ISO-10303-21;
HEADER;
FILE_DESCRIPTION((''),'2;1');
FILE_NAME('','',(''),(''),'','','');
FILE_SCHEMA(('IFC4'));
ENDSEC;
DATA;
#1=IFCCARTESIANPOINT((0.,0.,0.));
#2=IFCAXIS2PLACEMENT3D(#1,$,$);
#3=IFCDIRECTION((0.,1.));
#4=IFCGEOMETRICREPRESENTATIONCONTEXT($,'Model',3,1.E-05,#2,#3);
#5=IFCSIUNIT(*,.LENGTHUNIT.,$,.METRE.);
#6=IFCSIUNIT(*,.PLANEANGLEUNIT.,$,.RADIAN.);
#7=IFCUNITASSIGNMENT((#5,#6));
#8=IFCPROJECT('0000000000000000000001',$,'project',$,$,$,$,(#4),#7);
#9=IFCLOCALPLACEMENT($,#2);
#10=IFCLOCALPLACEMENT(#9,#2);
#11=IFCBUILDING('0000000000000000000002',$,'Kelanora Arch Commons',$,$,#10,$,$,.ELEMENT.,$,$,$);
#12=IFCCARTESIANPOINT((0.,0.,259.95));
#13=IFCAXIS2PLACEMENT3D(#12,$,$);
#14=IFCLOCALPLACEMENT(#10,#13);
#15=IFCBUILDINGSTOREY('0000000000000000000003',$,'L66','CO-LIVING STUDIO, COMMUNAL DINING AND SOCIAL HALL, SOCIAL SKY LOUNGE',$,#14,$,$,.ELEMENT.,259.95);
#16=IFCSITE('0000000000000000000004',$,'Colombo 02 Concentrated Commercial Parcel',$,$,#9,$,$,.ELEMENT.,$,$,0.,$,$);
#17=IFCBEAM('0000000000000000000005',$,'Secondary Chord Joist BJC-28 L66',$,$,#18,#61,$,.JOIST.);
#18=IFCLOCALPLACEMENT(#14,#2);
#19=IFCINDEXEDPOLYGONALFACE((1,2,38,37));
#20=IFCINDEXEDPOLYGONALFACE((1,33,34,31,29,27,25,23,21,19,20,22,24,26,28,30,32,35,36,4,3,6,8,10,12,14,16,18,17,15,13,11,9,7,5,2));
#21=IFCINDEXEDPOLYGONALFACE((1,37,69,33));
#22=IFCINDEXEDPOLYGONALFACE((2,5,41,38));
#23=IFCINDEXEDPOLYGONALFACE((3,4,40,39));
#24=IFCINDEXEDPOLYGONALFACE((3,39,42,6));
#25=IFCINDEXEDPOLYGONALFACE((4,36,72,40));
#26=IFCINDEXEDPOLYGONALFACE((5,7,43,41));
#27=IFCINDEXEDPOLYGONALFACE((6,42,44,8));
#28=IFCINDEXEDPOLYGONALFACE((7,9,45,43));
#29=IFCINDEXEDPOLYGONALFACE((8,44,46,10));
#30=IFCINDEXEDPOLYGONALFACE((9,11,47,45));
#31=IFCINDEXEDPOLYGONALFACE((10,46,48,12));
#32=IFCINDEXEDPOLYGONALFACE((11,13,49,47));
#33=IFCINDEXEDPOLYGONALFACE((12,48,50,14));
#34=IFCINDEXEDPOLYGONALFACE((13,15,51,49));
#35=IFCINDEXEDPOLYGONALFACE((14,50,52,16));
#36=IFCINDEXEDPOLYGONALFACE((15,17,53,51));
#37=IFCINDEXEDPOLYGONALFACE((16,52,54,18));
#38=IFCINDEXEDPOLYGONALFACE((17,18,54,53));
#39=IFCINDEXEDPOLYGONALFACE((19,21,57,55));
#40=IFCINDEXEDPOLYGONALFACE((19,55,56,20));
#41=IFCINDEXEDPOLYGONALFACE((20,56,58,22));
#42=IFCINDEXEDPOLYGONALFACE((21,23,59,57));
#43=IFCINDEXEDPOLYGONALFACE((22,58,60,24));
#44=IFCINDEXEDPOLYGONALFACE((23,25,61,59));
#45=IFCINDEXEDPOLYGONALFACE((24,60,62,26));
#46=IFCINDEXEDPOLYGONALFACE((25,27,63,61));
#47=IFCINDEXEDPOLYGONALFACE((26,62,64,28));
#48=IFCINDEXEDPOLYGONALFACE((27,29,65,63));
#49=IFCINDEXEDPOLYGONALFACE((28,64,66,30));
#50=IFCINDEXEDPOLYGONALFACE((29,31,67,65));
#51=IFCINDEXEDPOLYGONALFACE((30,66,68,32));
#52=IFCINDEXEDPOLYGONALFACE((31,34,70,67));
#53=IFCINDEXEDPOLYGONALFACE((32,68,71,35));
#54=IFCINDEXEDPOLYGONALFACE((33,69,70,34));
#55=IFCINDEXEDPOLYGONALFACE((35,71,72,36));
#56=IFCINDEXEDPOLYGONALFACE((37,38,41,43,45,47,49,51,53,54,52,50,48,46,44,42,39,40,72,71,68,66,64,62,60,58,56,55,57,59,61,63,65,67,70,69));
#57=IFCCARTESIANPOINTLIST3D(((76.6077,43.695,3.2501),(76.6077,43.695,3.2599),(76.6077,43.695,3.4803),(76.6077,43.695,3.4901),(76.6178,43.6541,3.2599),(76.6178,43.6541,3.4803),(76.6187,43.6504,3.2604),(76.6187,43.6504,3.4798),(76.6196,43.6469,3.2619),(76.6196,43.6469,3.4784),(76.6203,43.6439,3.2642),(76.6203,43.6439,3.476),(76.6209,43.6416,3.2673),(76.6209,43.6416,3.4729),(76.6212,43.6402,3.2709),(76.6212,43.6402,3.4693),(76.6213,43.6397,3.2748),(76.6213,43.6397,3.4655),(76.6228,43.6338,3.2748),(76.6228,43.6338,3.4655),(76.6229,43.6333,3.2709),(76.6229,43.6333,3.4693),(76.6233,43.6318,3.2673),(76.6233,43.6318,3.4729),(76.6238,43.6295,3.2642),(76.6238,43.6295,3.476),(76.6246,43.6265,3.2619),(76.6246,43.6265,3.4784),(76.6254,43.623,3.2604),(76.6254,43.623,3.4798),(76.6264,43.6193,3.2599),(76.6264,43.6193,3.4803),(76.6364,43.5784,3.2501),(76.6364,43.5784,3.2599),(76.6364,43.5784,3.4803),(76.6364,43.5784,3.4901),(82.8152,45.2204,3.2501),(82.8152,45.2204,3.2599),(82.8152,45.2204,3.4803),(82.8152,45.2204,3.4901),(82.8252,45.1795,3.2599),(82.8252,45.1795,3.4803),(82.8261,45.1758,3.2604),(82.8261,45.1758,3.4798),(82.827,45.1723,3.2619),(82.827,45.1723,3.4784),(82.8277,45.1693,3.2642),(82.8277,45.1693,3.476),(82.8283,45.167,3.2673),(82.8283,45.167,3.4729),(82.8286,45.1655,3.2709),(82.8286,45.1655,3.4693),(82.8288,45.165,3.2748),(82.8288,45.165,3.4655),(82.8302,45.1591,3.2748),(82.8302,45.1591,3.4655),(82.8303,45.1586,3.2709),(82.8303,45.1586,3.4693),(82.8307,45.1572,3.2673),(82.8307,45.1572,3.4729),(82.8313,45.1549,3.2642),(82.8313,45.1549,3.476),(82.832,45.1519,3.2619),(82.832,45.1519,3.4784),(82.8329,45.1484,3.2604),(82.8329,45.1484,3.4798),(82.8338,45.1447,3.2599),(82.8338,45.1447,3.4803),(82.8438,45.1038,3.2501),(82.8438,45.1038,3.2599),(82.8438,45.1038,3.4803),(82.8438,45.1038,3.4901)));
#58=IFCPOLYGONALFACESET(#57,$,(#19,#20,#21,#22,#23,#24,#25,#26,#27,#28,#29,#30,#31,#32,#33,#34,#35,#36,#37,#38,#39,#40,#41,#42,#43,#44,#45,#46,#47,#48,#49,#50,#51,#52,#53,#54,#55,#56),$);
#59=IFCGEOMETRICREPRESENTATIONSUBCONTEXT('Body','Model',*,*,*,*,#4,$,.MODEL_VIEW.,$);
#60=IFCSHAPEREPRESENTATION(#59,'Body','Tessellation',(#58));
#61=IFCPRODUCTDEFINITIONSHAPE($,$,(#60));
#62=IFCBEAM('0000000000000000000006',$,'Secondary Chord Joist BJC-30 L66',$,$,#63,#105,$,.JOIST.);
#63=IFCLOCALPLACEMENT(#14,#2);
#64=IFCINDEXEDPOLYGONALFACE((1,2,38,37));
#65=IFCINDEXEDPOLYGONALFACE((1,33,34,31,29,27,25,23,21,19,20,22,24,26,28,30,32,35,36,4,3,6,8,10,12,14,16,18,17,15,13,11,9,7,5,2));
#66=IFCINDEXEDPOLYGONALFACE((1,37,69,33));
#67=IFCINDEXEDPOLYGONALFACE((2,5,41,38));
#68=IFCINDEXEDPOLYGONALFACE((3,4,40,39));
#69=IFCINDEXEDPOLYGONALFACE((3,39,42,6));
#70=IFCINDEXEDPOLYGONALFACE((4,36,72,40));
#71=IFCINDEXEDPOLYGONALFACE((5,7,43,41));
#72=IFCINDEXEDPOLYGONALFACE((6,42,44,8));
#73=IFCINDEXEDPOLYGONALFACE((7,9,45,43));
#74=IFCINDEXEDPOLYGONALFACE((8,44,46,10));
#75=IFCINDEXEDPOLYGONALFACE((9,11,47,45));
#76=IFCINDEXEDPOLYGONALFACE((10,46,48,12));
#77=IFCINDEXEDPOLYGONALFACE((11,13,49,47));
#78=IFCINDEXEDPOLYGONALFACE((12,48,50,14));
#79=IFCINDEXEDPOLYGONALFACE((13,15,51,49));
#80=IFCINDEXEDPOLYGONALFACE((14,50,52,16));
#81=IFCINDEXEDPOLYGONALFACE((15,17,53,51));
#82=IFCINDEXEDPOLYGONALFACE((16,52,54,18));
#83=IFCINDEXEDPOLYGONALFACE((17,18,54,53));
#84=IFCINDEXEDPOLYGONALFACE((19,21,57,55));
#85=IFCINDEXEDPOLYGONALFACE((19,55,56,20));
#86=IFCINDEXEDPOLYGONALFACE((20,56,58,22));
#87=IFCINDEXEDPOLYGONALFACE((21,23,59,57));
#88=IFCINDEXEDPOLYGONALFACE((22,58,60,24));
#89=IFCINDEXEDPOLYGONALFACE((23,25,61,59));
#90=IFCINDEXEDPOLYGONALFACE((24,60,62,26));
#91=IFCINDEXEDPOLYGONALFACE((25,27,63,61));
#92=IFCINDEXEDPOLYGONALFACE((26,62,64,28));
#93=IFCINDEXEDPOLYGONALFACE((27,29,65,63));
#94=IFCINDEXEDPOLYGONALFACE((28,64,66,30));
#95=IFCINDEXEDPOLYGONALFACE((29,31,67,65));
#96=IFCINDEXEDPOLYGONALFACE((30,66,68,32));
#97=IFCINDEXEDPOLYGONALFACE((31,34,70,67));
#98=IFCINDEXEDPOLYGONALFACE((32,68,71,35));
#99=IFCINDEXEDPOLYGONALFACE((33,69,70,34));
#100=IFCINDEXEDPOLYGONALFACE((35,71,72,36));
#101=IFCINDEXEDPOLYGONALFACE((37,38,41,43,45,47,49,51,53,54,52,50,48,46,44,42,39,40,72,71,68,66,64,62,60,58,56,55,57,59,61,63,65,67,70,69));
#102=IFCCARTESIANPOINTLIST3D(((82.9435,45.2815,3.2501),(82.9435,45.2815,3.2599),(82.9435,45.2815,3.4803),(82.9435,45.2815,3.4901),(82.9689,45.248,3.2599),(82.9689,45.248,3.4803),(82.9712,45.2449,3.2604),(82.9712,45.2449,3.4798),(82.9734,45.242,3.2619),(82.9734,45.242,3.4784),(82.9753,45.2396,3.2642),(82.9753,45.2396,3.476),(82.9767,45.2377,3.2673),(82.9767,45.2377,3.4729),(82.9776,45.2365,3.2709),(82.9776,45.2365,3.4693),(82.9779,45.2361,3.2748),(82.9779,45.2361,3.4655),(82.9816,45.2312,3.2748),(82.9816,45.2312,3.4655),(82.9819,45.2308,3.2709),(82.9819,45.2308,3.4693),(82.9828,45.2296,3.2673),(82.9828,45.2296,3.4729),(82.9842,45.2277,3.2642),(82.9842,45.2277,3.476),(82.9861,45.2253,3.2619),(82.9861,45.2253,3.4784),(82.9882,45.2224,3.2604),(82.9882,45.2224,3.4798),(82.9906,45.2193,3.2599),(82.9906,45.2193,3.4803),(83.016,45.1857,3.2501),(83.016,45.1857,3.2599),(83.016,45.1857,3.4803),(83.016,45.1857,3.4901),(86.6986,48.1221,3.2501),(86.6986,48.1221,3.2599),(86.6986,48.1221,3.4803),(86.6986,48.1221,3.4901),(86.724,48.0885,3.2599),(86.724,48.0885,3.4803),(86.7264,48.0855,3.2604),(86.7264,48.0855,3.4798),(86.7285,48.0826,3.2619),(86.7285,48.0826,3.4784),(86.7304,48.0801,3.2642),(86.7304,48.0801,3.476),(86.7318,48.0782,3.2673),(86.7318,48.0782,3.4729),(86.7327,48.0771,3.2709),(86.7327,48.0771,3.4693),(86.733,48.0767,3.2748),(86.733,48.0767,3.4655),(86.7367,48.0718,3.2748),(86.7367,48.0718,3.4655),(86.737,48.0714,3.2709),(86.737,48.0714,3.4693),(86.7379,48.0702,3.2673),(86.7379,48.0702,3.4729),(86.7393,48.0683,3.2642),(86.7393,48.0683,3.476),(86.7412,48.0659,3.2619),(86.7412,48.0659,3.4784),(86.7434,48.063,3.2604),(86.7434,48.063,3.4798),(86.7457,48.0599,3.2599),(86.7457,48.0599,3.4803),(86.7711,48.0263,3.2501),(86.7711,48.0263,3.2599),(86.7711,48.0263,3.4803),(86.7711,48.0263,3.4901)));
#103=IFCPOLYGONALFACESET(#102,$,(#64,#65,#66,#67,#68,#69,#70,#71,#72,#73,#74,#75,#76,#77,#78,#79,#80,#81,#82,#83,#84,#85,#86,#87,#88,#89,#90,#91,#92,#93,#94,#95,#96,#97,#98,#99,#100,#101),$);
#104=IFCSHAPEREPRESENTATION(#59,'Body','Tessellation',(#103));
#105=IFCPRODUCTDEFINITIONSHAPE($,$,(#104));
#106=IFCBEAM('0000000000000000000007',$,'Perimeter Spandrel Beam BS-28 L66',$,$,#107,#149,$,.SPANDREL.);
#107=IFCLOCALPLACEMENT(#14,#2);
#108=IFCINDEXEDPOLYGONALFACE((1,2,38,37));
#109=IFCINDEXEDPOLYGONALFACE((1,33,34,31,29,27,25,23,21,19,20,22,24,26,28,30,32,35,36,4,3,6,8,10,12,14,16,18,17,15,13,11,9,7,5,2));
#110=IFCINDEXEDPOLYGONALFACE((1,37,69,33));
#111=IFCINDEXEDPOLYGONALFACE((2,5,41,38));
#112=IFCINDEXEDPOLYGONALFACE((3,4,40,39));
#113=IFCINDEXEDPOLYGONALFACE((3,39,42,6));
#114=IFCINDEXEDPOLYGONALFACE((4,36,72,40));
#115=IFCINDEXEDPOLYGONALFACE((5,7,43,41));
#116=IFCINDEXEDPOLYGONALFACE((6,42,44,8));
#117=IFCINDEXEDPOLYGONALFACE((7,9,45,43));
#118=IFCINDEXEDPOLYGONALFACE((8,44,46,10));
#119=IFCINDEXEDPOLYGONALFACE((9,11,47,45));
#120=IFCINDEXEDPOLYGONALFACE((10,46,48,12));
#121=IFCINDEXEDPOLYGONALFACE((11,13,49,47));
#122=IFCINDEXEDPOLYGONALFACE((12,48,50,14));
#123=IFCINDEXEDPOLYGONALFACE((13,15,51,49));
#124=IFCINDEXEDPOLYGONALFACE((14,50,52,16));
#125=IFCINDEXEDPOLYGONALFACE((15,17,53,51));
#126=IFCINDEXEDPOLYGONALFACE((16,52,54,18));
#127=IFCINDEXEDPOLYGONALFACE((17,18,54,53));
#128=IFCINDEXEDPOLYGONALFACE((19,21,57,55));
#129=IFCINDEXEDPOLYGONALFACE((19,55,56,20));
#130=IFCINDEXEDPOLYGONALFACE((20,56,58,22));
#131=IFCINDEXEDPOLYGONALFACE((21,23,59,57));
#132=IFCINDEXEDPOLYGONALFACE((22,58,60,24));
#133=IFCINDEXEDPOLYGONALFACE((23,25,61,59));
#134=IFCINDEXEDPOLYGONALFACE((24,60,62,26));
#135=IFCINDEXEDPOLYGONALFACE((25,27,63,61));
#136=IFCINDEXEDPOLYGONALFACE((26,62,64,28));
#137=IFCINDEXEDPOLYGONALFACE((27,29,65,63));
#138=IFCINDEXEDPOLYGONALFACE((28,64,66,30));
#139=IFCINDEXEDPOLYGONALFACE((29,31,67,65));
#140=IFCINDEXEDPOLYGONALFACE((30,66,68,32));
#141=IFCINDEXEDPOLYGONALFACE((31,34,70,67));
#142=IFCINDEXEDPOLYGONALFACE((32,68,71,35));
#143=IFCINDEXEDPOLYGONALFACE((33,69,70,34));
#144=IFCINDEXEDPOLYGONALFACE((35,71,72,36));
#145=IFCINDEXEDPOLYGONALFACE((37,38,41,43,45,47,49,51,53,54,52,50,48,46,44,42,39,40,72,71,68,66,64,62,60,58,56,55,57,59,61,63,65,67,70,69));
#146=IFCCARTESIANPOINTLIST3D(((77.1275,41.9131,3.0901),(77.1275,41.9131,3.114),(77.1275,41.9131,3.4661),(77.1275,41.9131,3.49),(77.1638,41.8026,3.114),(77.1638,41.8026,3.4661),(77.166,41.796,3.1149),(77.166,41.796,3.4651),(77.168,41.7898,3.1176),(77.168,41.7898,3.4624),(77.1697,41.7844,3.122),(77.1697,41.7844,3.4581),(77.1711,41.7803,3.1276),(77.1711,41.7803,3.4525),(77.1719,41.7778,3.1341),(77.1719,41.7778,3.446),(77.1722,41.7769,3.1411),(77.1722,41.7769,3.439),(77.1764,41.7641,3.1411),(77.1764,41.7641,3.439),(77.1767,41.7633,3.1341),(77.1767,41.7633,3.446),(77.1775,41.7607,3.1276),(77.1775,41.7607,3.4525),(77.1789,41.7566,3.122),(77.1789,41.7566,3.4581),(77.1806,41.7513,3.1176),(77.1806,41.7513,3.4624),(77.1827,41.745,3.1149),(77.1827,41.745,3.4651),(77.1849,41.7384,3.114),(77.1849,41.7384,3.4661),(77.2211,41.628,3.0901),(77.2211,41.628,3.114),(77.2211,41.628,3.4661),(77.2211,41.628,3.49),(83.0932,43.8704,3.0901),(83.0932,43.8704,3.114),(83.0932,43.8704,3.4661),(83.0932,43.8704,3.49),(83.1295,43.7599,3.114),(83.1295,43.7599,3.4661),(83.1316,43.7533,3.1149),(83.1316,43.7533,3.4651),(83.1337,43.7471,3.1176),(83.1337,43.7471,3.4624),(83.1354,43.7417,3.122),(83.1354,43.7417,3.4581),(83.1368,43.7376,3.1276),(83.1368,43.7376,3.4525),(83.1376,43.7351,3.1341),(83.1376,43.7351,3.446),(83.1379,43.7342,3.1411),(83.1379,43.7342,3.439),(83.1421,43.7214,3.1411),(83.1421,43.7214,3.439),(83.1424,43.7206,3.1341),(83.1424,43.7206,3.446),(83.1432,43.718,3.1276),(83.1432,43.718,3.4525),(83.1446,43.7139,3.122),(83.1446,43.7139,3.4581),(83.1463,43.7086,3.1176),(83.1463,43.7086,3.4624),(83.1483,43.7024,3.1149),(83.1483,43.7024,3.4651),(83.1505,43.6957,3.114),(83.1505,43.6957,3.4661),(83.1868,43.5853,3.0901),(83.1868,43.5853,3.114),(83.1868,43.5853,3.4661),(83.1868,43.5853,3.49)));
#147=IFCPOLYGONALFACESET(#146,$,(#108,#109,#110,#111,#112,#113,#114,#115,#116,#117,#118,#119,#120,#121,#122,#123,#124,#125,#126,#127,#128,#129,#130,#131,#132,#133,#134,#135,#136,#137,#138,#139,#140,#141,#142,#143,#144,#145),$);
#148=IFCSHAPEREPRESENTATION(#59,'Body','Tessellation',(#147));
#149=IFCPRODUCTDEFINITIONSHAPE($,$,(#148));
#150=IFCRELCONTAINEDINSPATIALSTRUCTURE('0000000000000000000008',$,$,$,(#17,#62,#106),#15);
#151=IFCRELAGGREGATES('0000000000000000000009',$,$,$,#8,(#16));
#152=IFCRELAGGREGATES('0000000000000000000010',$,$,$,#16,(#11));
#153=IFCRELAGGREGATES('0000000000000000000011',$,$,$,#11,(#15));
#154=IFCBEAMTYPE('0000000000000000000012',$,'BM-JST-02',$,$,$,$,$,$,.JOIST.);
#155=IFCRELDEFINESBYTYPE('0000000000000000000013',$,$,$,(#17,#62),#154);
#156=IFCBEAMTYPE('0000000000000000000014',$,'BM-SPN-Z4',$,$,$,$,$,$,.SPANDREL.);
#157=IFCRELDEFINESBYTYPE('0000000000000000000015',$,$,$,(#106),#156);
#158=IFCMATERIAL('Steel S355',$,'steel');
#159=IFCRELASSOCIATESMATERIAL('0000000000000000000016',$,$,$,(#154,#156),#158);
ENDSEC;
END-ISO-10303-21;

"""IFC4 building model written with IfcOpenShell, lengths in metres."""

from ifc_helpers import new_model, si_unit, direction, frame, origin, origin_2d, place, context, subcontext, project, spatial, i_section, extrude, material, material_profile, profile_set, type_object, element, save


model = new_model("IFC4")

# Units and contexts
model_context = context("Model", 3, precision=1e-05, world=origin(), true_north=direction((0.0, 1.0)))
body_context = subcontext(model_context, "Body", "Model", "MODEL_VIEW")
ifc_project = project(units=[si_unit("LENGTHUNIT", "METRE"), si_unit("PLANEANGLEUNIT", "RADIAN")], contexts=[model_context])

# Site, building, storey
site_placement = place(None, origin())
site = spatial("IfcSite", under=ifc_project, at=site_placement, Name="Colombo 02 Concentrated Commercial Parcel", CompositionType="ELEMENT", RefElevation=0.0)
building_placement = place(site_placement, origin())
building = spatial("IfcBuilding", under=site, at=building_placement, Name="Kelanora Arch Commons", CompositionType="ELEMENT")
storey_placement = place(building_placement, frame((0.0, 0.0, 259.95)))
storey = spatial("IfcBuildingStorey", under=building, at=storey_placement, Name="L66", Description="CO-LIVING STUDIO, COMMUNAL DINING AND SOCIAL HALL, SOCIAL SKY LOUNGE", CompositionType="ELEMENT", Elevation=259.95)

# Beams
ifc_material_1 = material(Name="Steel S355", Category="steel")
ifc_material_profile_1 = material_profile(ifc_material_1, i_section(OverallWidth=0.1201, OverallDepth=0.24, WebThickness=0.0061, FlangeThickness=0.0098, FilletRadius=0.0149, at=origin_2d()), Name="IPE240")
ifc_profile_set_1 = profile_set([ifc_material_profile_1], Name="Steel S355")
beam_type_1 = type_object("IfcBeamType", Name="BM-JST-02", PredefinedType="JOIST", material=ifc_profile_set_1)
beam_1_placement = place(storey_placement, frame((76.6221, 43.6367, 3.3701), z_axis=(0.97111, 0.238633, 0.0), x_axis=(-0.238633, 0.97111, 0.0)))
element("IfcBeam", 1, at=beam_1_placement, inside=storey, type_object=beam_type_1, Name="Secondary Chord Joist BJC-28 L66", PredefinedType="JOIST", context=body_context, shape_type="SweptSolid", body=[
    extrude(i_section(OverallWidth=0.1201, OverallDepth=0.24, WebThickness=0.0061, FlangeThickness=0.0098, FilletRadius=0.0149, at=origin_2d()), origin(), (0.0, 0.0, 1.0), 6.3921),
])
beam_2_placement = place(storey_placement, frame((82.9797, 45.2336, 3.3701), z_axis=(0.797523, 0.603289, 0.0), x_axis=(-0.603289, 0.797523, 0.0)))
element("IfcBeam", 2, at=beam_2_placement, inside=storey, type_object=beam_type_1, Name="Secondary Chord Joist BJC-30 L66", PredefinedType="JOIST", context=body_context, shape_type="SweptSolid", body=[
    extrude(i_section(OverallWidth=0.1201, OverallDepth=0.24, WebThickness=0.0061, FlangeThickness=0.0098, FilletRadius=0.0149, at=origin_2d()), origin(), (0.0, 0.0, 1.0), 4.7085),
])
ifc_material_profile_2 = material_profile(ifc_material_1, i_section(OverallWidth=0.3, OverallDepth=0.3999, WebThickness=0.0134, FlangeThickness=0.0239, FilletRadius=0.0271, at=origin_2d()), Name="HEB400")
ifc_profile_set_2 = profile_set([ifc_material_profile_2], Name="Steel S355")
beam_type_2 = type_object("IfcBeamType", Name="BM-SPN-Z4", PredefinedType="SPANDREL", material=ifc_profile_set_2)
beam_3_placement = place(storey_placement, frame((77.1743, 41.7705, 3.29), z_axis=(0.950166, 0.311745, 0.0), x_axis=(-0.311745, 0.950166, 0.0)))
element("IfcBeam", 3, at=beam_3_placement, inside=storey, type_object=beam_type_2, Name="Perimeter Spandrel Beam BS-28 L66", PredefinedType="SPANDREL", context=body_context, shape_type="SweptSolid", body=[
    extrude(i_section(OverallWidth=0.3, OverallDepth=0.3999, WebThickness=0.0134, FlangeThickness=0.0239, FilletRadius=0.0271, at=origin_2d()), origin(), (0.0, 0.0, 1.0), 6.2786),
])

save(model, "model.ifc")
